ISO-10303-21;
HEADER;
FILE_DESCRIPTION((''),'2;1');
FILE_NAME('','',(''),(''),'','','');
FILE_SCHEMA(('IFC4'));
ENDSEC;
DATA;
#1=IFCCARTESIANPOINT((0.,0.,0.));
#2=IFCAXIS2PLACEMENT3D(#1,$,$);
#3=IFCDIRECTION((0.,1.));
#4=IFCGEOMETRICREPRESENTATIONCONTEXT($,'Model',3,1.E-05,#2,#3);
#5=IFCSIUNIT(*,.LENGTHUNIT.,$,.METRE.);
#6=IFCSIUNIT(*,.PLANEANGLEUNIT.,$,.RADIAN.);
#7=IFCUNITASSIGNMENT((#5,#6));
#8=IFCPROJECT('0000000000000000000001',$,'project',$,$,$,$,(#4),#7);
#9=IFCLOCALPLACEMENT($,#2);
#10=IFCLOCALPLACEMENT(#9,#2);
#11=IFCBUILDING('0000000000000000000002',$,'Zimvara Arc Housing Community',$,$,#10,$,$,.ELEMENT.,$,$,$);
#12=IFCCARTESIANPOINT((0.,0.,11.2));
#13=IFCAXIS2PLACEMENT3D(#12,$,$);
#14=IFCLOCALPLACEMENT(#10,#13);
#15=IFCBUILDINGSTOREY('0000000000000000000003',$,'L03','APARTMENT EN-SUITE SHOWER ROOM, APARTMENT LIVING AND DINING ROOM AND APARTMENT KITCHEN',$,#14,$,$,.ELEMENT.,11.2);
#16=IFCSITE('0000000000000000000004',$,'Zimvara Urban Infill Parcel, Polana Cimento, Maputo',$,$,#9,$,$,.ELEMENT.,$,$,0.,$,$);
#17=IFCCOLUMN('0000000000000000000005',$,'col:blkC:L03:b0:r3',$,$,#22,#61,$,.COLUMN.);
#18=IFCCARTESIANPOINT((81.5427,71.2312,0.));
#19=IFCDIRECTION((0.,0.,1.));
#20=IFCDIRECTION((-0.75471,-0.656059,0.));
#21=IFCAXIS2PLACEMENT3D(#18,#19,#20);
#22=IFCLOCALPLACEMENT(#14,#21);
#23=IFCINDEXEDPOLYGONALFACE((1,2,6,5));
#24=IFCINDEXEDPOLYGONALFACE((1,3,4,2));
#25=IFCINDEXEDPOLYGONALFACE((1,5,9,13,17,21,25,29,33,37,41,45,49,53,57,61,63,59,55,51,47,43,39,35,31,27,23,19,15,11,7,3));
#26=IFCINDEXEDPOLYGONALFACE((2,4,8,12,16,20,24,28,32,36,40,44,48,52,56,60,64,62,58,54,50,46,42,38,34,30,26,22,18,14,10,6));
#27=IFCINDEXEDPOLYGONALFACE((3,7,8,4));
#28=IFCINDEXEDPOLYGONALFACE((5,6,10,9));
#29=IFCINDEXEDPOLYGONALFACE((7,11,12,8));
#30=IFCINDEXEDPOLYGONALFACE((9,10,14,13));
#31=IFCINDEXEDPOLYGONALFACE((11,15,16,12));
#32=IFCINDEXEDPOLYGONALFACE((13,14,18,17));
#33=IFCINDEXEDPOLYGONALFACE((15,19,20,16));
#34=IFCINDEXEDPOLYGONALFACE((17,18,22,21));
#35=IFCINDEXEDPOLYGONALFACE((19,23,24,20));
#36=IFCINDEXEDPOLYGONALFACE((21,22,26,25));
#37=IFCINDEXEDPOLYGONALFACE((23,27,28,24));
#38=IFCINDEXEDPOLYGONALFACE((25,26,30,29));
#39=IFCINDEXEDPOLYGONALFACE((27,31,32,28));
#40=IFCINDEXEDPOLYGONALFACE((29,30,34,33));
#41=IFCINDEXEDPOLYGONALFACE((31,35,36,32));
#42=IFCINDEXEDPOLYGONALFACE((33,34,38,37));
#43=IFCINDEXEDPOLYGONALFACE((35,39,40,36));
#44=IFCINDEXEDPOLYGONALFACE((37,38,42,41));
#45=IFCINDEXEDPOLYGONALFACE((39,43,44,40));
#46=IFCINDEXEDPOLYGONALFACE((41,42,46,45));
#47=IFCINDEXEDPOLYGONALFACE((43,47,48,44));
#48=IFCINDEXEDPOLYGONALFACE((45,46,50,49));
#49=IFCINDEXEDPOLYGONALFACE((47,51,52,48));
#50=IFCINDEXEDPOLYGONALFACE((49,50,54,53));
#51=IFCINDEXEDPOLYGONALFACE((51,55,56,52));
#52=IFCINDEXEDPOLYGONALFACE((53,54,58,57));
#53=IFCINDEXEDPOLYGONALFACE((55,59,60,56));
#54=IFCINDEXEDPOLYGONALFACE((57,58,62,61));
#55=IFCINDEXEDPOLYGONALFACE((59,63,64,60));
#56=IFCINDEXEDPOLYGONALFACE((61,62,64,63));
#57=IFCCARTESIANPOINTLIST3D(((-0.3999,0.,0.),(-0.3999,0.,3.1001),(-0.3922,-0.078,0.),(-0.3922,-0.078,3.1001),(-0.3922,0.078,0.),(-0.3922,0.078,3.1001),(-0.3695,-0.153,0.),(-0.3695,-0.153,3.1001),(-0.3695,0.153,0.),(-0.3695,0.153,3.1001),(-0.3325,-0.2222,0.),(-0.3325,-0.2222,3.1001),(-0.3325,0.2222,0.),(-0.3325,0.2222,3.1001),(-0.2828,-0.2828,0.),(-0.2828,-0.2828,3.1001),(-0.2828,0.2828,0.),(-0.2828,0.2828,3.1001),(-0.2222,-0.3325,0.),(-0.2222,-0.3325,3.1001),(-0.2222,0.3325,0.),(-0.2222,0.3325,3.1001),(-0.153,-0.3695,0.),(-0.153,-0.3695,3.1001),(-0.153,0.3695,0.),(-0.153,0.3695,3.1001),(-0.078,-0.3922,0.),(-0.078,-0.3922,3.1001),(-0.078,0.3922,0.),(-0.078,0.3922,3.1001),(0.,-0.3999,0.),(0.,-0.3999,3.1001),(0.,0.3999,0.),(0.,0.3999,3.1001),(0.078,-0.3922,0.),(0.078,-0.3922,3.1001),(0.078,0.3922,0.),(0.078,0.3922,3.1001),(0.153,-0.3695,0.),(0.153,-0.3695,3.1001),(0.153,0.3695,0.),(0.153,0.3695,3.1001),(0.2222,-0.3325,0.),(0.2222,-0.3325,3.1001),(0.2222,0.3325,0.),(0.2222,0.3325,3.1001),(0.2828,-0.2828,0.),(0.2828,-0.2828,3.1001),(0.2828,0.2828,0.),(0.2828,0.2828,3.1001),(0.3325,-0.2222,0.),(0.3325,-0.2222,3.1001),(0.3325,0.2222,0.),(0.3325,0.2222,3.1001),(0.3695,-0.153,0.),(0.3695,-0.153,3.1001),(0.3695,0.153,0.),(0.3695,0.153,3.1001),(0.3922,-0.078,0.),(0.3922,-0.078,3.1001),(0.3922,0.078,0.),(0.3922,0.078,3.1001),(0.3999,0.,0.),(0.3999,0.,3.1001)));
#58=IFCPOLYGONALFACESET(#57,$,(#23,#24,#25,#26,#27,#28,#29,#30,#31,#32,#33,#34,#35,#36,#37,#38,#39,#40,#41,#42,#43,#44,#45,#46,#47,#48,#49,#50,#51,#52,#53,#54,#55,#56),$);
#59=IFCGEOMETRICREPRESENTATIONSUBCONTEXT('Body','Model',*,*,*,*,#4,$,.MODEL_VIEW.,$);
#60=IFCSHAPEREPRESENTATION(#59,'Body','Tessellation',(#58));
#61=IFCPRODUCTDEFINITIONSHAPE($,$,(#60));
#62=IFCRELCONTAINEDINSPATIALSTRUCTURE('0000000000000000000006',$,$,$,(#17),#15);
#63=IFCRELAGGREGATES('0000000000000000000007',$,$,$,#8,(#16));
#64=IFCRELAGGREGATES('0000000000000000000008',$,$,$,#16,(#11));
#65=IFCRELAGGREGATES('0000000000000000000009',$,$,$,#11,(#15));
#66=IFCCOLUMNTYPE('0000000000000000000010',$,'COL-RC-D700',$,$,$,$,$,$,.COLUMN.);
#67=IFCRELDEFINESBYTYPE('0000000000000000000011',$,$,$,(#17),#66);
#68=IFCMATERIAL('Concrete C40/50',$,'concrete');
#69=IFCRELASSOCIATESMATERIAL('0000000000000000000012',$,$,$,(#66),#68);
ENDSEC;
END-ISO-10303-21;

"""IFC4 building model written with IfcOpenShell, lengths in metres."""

from ifc_helpers import new_model, si_unit, direction, frame, origin, origin_2d, place, context, subcontext, project, spatial, circle, extrude, material, material_profile, profile_set, type_object, element, save


model = new_model("IFC4")

# Units and contexts
model_context = context("Model", 3, precision=1e-05, world=origin(), true_north=direction((0.0, 1.0)))
body_context = subcontext(model_context, "Body", "Model", "MODEL_VIEW")
ifc_project = project(units=[si_unit("LENGTHUNIT", "METRE"), si_unit("PLANEANGLEUNIT", "RADIAN")], contexts=[model_context])

# Site, building, storey
site_placement = place(None, origin())
site = spatial("IfcSite", under=ifc_project, at=site_placement, Name="Zimvara Urban Infill Parcel, Polana Cimento, Maputo", CompositionType="ELEMENT", RefElevation=0.0)
building_placement = place(site_placement, origin())
building = spatial("IfcBuilding", under=site, at=building_placement, Name="Zimvara Arc Housing Community", CompositionType="ELEMENT")
storey_placement = place(building_placement, frame((0.0, 0.0, 11.2)))
storey = spatial("IfcBuildingStorey", under=building, at=storey_placement, Name="L03", Description="APARTMENT EN-SUITE SHOWER ROOM, APARTMENT LIVING AND DINING ROOM AND APARTMENT KITCHEN", CompositionType="ELEMENT", Elevation=11.2)

# Column
ifc_material_1 = material(Name="Concrete C40/50", Category="concrete")
ifc_material_profile_1 = material_profile(ifc_material_1, circle(Radius=0.3999, at=origin_2d()), Name="RC D800")
ifc_profile_set_1 = profile_set([ifc_material_profile_1], Name="Concrete C40/50")
column_type_1 = type_object("IfcColumnType", Name="COL-RC-D700", PredefinedType="COLUMN", material=ifc_profile_set_1)
column_1_placement = place(storey_placement, frame((81.5427, 71.2312, 0.0), z_axis=(0.0, 0.0, 1.0), x_axis=(-0.75471, -0.656059, 0.0)))
element("IfcColumn", 1, at=column_1_placement, inside=storey, type_object=column_type_1, Name="col:blkC:L03:b0:r3", PredefinedType="COLUMN", context=body_context, shape_type="SweptSolid", body=[
    extrude(circle(Radius=0.3999, at=origin_2d()), origin(), (0.0, 0.0, 1.0), 3.1001),
])

save(model, "model.ifc")
